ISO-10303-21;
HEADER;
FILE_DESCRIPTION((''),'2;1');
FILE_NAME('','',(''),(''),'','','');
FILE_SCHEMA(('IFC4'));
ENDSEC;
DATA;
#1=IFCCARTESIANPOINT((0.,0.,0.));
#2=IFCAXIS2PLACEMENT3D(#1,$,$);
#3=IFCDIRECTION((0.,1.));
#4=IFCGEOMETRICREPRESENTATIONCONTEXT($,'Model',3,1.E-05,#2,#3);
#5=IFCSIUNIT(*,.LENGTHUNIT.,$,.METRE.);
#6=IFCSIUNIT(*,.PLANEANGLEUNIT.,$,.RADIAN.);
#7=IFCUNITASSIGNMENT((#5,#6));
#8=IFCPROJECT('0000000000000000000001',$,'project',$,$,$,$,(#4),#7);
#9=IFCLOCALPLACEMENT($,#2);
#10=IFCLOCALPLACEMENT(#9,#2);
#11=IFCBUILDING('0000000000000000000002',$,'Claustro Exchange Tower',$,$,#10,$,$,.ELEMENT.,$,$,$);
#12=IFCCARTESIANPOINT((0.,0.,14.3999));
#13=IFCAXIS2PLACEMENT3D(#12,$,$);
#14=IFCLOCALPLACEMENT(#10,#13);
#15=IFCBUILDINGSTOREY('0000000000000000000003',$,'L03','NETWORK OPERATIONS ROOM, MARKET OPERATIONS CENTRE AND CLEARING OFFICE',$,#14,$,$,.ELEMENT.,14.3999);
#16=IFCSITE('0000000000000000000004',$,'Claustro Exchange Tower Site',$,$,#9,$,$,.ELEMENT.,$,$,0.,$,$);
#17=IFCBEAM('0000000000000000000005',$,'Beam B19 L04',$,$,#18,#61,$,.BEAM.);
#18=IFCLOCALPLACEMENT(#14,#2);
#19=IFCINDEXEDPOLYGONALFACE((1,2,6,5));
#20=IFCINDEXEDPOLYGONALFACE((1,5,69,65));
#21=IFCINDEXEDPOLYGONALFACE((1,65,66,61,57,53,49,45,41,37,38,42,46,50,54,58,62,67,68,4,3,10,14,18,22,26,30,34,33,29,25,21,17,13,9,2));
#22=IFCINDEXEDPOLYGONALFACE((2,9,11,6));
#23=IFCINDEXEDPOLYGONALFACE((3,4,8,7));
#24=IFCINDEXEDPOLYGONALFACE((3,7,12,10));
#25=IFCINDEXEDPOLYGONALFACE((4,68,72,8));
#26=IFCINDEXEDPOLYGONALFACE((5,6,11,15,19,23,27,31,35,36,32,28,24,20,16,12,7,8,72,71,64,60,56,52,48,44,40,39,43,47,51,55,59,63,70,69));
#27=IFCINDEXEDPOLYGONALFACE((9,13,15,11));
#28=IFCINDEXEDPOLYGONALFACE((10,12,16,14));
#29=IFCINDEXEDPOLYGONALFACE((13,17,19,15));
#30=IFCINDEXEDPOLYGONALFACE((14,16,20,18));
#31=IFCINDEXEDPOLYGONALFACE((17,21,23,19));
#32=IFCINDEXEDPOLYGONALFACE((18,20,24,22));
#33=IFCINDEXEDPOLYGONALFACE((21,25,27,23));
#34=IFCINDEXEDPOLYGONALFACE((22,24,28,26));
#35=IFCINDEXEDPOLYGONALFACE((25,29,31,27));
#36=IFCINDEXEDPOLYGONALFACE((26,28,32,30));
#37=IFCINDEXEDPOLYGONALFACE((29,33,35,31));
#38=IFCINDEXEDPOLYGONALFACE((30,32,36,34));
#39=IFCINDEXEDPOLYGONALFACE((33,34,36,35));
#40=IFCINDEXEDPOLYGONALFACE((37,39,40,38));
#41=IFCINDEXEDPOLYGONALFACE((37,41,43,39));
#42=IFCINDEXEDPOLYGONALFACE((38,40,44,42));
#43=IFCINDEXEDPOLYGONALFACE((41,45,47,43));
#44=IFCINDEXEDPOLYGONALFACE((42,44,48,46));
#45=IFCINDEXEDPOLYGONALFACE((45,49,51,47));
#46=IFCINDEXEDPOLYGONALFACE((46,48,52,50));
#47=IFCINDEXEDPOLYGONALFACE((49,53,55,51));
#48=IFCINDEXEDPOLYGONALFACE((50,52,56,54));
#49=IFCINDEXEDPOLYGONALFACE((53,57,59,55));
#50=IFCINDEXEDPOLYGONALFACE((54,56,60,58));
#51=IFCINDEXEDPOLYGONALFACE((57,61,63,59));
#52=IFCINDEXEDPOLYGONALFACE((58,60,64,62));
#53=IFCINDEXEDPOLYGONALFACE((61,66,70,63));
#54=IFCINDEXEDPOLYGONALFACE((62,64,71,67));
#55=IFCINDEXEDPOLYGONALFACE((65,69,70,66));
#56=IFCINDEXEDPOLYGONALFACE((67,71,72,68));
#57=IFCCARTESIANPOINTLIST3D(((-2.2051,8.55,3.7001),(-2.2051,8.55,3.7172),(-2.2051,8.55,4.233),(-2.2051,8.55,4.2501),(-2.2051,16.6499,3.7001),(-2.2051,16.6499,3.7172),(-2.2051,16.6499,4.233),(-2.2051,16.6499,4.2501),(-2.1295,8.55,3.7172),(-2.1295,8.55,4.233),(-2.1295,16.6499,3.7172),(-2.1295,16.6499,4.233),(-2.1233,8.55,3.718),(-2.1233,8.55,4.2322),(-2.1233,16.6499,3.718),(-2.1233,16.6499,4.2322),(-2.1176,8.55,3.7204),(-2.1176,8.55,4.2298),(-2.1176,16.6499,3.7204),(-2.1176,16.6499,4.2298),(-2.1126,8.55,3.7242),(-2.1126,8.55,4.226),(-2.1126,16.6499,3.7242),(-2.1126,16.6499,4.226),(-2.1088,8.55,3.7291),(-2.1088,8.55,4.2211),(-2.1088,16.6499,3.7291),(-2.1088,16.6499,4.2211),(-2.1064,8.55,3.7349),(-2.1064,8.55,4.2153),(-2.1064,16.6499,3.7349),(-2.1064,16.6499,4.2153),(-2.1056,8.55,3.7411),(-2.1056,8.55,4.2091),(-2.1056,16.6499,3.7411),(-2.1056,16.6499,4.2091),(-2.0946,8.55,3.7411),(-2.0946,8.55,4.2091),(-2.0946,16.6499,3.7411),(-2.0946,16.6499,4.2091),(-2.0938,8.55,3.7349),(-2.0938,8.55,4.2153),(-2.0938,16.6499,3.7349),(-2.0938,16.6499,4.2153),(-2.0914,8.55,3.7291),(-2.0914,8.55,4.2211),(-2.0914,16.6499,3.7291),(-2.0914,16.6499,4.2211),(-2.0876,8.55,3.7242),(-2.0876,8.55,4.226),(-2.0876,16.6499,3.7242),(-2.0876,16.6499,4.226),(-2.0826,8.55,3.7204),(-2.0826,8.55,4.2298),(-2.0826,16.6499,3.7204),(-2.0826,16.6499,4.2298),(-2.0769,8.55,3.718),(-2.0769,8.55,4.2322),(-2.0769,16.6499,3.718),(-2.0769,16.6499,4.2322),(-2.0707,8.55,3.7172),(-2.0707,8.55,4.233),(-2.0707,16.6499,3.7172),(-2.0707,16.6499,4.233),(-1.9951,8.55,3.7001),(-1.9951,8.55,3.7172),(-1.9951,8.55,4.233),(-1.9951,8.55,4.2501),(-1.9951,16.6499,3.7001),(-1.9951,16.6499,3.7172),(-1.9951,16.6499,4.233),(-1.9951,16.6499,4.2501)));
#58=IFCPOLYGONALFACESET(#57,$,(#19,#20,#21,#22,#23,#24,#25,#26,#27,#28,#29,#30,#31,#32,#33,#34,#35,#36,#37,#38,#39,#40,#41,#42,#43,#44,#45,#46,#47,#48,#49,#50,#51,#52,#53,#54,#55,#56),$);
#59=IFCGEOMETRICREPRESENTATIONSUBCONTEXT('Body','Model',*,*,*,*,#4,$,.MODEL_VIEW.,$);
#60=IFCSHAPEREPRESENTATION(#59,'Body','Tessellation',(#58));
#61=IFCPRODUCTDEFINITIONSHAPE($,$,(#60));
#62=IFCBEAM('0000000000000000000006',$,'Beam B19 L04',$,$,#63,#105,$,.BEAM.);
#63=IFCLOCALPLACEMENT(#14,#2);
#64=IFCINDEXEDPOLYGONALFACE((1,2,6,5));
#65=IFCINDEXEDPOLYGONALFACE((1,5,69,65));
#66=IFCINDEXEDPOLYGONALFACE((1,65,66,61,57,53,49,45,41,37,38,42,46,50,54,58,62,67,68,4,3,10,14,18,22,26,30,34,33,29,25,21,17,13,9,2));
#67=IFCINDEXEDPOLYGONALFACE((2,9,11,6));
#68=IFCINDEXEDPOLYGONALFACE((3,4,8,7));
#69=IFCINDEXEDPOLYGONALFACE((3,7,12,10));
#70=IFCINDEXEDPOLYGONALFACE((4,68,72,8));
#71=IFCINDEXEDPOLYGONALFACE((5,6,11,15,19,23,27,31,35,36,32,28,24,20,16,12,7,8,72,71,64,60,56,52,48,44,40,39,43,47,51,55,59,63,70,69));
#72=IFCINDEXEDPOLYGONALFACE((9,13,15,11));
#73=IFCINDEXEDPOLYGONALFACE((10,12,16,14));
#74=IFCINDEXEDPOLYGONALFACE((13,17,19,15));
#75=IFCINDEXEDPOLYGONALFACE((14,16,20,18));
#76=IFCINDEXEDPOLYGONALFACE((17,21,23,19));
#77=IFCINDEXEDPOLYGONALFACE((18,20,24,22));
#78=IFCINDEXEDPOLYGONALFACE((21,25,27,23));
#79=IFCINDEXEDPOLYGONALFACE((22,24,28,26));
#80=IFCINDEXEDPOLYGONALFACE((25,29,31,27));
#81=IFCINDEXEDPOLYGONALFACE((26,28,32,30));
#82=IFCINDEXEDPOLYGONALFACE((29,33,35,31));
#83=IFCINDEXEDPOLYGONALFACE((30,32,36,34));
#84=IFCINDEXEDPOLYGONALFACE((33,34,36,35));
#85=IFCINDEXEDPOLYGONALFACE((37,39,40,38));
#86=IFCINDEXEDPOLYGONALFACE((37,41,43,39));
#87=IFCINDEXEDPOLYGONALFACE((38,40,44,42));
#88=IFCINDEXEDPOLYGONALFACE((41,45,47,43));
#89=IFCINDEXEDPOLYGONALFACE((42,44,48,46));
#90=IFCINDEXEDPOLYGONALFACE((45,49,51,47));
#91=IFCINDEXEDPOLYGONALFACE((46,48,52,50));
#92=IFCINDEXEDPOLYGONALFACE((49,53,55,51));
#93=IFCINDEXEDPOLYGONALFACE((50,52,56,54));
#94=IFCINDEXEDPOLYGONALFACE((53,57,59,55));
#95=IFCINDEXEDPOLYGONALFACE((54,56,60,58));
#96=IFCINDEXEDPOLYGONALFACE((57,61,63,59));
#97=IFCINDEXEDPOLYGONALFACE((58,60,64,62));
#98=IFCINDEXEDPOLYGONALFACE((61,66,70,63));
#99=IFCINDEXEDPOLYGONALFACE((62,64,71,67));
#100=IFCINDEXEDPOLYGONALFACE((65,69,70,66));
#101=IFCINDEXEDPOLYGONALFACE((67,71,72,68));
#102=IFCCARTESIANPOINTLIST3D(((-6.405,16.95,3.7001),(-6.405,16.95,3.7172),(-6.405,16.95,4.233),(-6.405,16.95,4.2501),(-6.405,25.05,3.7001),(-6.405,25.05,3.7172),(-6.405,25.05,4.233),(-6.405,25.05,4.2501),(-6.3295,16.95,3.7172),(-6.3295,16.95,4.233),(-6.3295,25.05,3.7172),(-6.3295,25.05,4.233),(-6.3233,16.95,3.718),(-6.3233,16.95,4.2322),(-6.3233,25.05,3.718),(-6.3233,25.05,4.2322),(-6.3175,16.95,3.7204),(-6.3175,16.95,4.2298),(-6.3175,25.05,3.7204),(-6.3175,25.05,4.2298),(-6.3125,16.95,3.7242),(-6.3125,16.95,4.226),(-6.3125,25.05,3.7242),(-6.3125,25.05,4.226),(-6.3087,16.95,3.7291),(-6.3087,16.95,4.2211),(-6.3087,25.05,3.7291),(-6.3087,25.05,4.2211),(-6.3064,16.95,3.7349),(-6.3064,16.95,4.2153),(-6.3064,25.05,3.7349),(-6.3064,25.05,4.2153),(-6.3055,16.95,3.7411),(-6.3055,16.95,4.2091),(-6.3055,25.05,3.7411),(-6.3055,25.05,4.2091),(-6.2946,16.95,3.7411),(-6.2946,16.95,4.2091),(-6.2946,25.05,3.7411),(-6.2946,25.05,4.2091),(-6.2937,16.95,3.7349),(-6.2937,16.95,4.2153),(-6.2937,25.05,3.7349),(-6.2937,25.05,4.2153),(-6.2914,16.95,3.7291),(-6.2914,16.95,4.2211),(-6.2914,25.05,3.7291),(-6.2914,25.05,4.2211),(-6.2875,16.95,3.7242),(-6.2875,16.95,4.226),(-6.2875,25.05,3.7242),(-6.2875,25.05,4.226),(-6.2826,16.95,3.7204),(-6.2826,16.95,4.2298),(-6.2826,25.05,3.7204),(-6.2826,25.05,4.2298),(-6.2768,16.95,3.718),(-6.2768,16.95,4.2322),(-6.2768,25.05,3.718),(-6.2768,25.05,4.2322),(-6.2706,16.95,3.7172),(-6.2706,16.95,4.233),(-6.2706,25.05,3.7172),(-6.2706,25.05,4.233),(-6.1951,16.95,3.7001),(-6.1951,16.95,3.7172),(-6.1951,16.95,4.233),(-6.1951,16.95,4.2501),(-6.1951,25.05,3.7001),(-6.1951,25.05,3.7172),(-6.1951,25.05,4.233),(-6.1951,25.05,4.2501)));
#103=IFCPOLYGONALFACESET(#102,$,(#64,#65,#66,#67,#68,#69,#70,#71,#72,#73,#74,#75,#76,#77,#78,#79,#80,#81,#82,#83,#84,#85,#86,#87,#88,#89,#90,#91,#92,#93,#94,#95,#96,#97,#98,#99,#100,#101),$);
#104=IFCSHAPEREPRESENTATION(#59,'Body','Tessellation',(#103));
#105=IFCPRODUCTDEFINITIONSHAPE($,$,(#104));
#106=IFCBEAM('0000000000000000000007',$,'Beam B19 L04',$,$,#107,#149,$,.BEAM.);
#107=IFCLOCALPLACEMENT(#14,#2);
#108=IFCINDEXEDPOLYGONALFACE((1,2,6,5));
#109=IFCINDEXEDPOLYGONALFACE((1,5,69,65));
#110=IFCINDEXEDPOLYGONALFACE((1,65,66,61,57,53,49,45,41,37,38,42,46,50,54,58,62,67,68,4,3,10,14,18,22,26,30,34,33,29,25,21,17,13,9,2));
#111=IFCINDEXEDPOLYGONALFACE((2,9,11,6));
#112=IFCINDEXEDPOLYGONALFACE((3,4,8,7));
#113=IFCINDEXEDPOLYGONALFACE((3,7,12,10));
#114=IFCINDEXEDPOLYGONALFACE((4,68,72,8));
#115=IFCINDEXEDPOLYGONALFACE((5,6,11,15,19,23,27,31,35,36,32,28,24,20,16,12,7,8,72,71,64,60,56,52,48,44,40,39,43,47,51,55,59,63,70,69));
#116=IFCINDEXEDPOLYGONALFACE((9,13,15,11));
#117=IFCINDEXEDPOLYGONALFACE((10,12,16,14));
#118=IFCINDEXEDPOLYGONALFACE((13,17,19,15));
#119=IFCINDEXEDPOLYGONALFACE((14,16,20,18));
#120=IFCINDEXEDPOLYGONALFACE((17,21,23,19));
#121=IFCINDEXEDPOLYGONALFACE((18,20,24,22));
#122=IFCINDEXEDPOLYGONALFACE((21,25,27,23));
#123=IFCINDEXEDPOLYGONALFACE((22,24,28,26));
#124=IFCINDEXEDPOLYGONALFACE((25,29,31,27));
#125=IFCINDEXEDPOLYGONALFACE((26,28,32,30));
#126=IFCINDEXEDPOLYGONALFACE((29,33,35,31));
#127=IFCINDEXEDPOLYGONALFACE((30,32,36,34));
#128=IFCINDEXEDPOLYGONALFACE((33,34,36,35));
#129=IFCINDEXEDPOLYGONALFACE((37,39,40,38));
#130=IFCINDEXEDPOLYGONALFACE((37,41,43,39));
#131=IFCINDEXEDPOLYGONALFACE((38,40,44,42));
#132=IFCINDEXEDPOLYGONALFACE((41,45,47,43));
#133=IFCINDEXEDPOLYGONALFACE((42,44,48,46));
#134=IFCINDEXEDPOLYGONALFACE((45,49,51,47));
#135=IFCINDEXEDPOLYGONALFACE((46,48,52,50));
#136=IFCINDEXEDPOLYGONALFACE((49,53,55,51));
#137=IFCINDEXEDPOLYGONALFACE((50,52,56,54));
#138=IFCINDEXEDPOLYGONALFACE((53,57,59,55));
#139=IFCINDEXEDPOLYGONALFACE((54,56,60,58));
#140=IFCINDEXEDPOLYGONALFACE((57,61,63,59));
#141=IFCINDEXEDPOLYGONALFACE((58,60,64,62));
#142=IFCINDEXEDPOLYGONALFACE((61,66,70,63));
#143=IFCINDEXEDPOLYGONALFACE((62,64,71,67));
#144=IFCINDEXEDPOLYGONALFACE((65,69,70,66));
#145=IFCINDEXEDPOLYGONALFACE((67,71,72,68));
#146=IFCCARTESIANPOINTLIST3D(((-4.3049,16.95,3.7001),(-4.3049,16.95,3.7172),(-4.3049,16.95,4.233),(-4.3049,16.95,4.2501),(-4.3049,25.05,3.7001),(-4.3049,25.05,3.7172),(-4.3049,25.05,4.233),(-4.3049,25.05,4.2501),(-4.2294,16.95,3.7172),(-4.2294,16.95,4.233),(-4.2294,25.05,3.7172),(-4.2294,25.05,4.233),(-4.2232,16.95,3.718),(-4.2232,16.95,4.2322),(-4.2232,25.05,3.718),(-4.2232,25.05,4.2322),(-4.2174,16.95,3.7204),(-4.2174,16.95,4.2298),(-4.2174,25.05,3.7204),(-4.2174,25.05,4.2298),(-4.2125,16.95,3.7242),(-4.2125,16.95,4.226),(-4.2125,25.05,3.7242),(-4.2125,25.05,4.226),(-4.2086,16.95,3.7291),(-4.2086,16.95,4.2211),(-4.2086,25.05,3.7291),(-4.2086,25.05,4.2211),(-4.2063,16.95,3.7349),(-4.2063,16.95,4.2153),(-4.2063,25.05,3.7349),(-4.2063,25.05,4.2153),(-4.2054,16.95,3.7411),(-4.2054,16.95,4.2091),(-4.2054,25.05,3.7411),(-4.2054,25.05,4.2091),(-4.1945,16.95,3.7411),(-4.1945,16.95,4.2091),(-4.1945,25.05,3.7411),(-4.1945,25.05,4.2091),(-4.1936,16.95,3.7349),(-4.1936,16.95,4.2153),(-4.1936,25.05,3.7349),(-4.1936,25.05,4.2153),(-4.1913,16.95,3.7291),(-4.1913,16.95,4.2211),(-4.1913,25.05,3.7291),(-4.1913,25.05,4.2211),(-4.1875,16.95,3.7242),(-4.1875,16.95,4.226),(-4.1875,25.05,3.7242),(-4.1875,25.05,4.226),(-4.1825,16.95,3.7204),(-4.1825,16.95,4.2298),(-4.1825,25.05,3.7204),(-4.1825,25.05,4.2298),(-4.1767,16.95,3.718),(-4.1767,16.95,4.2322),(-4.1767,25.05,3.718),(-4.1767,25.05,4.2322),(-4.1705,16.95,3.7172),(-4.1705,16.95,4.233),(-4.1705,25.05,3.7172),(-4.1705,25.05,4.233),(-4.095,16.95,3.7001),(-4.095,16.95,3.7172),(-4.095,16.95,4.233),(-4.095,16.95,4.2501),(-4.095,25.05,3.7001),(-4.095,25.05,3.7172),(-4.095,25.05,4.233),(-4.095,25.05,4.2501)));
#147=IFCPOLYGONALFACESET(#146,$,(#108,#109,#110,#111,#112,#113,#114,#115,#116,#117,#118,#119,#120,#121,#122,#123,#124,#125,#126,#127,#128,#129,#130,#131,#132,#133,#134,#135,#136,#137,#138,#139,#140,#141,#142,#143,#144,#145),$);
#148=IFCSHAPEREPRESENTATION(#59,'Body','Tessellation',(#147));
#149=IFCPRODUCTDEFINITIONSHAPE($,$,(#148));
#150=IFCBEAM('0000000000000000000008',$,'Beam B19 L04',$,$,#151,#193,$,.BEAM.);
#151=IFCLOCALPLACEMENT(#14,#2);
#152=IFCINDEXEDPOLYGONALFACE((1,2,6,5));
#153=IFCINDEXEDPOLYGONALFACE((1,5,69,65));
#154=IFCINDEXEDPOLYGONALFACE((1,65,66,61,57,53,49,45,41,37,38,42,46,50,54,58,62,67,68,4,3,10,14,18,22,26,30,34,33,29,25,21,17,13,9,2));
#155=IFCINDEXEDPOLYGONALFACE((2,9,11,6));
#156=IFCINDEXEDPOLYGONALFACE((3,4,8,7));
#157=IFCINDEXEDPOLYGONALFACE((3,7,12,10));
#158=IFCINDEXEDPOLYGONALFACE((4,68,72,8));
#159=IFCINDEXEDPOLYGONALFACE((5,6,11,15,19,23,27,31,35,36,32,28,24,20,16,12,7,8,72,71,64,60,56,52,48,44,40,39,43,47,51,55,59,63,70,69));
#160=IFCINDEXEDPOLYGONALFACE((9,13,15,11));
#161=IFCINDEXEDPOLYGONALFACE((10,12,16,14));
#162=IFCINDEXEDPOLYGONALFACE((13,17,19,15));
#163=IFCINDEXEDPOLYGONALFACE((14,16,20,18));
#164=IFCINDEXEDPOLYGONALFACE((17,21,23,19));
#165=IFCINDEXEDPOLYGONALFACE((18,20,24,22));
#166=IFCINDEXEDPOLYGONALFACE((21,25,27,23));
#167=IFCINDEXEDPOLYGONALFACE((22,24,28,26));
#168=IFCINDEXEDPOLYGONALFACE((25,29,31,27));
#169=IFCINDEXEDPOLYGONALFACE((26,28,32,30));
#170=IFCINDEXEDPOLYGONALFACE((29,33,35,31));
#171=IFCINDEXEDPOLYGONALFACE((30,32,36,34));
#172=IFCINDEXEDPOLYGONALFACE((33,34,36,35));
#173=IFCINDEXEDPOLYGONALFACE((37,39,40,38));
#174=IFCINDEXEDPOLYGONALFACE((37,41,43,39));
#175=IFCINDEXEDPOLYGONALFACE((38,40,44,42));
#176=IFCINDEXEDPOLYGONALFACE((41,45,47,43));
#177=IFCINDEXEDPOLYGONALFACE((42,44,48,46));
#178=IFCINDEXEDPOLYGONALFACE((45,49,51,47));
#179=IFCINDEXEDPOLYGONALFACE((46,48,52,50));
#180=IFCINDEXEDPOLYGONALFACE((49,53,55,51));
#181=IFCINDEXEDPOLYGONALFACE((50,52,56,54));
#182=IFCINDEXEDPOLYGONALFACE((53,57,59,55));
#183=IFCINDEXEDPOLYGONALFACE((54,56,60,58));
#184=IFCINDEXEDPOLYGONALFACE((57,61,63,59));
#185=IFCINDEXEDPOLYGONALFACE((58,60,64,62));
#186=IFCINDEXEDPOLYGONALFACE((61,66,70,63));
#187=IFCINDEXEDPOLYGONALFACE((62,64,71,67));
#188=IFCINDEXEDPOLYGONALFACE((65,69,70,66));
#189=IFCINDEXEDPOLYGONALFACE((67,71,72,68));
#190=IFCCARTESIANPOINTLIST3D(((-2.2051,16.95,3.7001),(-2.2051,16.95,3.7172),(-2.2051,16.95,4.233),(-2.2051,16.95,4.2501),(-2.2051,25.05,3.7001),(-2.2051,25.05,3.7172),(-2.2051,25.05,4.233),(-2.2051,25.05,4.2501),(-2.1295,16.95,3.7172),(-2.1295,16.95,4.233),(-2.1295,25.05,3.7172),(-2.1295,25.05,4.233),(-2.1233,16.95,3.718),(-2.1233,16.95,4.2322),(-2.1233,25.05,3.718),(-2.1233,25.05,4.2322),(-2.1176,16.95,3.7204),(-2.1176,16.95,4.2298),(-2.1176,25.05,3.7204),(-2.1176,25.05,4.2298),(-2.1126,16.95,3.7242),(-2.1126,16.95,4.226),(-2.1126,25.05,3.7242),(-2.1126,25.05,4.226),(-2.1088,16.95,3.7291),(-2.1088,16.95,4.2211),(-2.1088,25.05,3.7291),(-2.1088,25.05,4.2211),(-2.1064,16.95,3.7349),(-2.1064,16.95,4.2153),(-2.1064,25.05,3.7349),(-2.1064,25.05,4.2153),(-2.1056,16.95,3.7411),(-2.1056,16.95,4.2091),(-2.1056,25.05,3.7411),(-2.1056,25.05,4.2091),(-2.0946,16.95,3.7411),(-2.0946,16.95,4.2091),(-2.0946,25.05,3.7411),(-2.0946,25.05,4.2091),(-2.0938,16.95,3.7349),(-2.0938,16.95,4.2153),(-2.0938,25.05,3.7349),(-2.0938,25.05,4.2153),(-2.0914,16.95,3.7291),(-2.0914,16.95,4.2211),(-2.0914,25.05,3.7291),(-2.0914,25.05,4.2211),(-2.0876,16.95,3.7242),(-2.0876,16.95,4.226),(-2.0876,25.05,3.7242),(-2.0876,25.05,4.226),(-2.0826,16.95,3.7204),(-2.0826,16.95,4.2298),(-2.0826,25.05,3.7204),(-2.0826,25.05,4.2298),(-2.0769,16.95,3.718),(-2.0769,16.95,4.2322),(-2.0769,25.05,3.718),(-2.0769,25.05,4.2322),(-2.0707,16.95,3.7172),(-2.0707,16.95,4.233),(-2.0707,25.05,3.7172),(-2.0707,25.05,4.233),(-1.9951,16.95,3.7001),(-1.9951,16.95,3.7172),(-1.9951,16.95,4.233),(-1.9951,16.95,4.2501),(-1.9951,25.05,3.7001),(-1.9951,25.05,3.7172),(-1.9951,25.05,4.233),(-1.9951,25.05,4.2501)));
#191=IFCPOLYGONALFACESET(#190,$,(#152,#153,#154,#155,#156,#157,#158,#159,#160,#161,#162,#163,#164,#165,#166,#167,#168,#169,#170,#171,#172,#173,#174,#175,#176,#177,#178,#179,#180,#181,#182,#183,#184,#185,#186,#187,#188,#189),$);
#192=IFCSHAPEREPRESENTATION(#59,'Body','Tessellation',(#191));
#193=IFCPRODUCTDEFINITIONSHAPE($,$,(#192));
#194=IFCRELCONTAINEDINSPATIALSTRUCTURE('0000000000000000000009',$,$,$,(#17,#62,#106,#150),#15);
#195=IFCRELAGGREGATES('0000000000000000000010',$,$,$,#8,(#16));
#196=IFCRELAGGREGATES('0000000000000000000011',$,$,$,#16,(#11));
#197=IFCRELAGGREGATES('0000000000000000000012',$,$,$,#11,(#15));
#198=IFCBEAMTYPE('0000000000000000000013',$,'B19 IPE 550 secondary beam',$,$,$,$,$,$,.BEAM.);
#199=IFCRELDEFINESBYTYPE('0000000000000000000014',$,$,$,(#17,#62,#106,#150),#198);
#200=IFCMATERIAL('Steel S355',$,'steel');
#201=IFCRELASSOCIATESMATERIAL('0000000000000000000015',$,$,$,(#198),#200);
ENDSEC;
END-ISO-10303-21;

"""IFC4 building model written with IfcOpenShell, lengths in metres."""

from ifc_helpers import new_model, si_unit, direction, frame, origin, origin_2d, place, context, subcontext, project, spatial, i_section, extrude, material, material_profile, profile_set, type_object, element, save


model = new_model("IFC4")

# Units and contexts
model_context = context("Model", 3, precision=1e-05, world=origin(), true_north=direction((0.0, 1.0)))
body_context = subcontext(model_context, "Body", "Model", "MODEL_VIEW")
ifc_project = project(units=[si_unit("LENGTHUNIT", "METRE"), si_unit("PLANEANGLEUNIT", "RADIAN")], contexts=[model_context])

# Site, building, storey
site_placement = place(None, origin())
site = spatial("IfcSite", under=ifc_project, at=site_placement, Name="Claustro Exchange Tower Site", CompositionType="ELEMENT", RefElevation=0.0)
building_placement = place(site_placement, origin())
building = spatial("IfcBuilding", under=site, at=building_placement, Name="Claustro Exchange Tower", CompositionType="ELEMENT")
storey_placement = place(building_placement, frame((0.0, 0.0, 14.3999)))
storey = spatial("IfcBuildingStorey", under=building, at=storey_placement, Name="L03", Description="NETWORK OPERATIONS ROOM, MARKET OPERATIONS CENTRE AND CLEARING OFFICE", CompositionType="ELEMENT", Elevation=14.3999)

# Beams
ifc_material_1 = material(Name="Steel S355", Category="steel")
ifc_material_profile_1 = material_profile(ifc_material_1, i_section(OverallWidth=0.21, OverallDepth=0.55, WebThickness=0.011, FlangeThickness=0.0171, FilletRadius=0.0239, at=origin_2d()), Name="IPE 550")
ifc_profile_set_1 = profile_set([ifc_material_profile_1], Name="Steel S355")
beam_type_1 = type_object("IfcBeamType", Name="B19 IPE 550 secondary beam", PredefinedType="BEAM", material=ifc_profile_set_1)
for number, where, z_axis, x_axis, name in (
    (1, (-2.1001, 8.55, 3.9751), (0.0, 1.0, 0.0), (-1.0, 0.0, 0.0), "Beam B19 L04"),
):
    element("IfcBeam", number, at=place(storey_placement, frame(where, z_axis=z_axis, x_axis=x_axis)), inside=storey, type_object=beam_type_1, Name=name, PredefinedType="BEAM", context=body_context, shape_type="SweptSolid", body=[
        extrude(i_section(OverallWidth=0.21, OverallDepth=0.55, WebThickness=0.011, FlangeThickness=0.0171, FilletRadius=0.0239, at=origin_2d()), origin(), (0.0, 0.0, 1.0), 8.0999),
    ])
for number, where, z_axis, x_axis, name in (
    (2, (-6.3, 16.95, 3.9751), (0.0, 1.0, 0.0), (-1.0, 0.0, 0.0), "Beam B19 L04"),
    (3, (-4.2, 16.95, 3.9751), (0.0, 1.0, 0.0), (-1.0, 0.0, 0.0), "Beam B19 L04"),
    (4, (-2.1001, 16.95, 3.9751), (0.0, 1.0, 0.0), (-1.0, 0.0, 0.0), "Beam B19 L04"),
):
    element("IfcBeam", number, at=place(storey_placement, frame(where, z_axis=z_axis, x_axis=x_axis)), inside=storey, type_object=beam_type_1, Name=name, PredefinedType="BEAM", context=body_context, shape_type="SweptSolid", body=[
        extrude(i_section(OverallWidth=0.21, OverallDepth=0.55, WebThickness=0.011, FlangeThickness=0.0171, FilletRadius=0.0239, at=origin_2d()), origin(), (0.0, 0.0, 1.0), 8.1001),
    ])

save(model, "model.ifc")
